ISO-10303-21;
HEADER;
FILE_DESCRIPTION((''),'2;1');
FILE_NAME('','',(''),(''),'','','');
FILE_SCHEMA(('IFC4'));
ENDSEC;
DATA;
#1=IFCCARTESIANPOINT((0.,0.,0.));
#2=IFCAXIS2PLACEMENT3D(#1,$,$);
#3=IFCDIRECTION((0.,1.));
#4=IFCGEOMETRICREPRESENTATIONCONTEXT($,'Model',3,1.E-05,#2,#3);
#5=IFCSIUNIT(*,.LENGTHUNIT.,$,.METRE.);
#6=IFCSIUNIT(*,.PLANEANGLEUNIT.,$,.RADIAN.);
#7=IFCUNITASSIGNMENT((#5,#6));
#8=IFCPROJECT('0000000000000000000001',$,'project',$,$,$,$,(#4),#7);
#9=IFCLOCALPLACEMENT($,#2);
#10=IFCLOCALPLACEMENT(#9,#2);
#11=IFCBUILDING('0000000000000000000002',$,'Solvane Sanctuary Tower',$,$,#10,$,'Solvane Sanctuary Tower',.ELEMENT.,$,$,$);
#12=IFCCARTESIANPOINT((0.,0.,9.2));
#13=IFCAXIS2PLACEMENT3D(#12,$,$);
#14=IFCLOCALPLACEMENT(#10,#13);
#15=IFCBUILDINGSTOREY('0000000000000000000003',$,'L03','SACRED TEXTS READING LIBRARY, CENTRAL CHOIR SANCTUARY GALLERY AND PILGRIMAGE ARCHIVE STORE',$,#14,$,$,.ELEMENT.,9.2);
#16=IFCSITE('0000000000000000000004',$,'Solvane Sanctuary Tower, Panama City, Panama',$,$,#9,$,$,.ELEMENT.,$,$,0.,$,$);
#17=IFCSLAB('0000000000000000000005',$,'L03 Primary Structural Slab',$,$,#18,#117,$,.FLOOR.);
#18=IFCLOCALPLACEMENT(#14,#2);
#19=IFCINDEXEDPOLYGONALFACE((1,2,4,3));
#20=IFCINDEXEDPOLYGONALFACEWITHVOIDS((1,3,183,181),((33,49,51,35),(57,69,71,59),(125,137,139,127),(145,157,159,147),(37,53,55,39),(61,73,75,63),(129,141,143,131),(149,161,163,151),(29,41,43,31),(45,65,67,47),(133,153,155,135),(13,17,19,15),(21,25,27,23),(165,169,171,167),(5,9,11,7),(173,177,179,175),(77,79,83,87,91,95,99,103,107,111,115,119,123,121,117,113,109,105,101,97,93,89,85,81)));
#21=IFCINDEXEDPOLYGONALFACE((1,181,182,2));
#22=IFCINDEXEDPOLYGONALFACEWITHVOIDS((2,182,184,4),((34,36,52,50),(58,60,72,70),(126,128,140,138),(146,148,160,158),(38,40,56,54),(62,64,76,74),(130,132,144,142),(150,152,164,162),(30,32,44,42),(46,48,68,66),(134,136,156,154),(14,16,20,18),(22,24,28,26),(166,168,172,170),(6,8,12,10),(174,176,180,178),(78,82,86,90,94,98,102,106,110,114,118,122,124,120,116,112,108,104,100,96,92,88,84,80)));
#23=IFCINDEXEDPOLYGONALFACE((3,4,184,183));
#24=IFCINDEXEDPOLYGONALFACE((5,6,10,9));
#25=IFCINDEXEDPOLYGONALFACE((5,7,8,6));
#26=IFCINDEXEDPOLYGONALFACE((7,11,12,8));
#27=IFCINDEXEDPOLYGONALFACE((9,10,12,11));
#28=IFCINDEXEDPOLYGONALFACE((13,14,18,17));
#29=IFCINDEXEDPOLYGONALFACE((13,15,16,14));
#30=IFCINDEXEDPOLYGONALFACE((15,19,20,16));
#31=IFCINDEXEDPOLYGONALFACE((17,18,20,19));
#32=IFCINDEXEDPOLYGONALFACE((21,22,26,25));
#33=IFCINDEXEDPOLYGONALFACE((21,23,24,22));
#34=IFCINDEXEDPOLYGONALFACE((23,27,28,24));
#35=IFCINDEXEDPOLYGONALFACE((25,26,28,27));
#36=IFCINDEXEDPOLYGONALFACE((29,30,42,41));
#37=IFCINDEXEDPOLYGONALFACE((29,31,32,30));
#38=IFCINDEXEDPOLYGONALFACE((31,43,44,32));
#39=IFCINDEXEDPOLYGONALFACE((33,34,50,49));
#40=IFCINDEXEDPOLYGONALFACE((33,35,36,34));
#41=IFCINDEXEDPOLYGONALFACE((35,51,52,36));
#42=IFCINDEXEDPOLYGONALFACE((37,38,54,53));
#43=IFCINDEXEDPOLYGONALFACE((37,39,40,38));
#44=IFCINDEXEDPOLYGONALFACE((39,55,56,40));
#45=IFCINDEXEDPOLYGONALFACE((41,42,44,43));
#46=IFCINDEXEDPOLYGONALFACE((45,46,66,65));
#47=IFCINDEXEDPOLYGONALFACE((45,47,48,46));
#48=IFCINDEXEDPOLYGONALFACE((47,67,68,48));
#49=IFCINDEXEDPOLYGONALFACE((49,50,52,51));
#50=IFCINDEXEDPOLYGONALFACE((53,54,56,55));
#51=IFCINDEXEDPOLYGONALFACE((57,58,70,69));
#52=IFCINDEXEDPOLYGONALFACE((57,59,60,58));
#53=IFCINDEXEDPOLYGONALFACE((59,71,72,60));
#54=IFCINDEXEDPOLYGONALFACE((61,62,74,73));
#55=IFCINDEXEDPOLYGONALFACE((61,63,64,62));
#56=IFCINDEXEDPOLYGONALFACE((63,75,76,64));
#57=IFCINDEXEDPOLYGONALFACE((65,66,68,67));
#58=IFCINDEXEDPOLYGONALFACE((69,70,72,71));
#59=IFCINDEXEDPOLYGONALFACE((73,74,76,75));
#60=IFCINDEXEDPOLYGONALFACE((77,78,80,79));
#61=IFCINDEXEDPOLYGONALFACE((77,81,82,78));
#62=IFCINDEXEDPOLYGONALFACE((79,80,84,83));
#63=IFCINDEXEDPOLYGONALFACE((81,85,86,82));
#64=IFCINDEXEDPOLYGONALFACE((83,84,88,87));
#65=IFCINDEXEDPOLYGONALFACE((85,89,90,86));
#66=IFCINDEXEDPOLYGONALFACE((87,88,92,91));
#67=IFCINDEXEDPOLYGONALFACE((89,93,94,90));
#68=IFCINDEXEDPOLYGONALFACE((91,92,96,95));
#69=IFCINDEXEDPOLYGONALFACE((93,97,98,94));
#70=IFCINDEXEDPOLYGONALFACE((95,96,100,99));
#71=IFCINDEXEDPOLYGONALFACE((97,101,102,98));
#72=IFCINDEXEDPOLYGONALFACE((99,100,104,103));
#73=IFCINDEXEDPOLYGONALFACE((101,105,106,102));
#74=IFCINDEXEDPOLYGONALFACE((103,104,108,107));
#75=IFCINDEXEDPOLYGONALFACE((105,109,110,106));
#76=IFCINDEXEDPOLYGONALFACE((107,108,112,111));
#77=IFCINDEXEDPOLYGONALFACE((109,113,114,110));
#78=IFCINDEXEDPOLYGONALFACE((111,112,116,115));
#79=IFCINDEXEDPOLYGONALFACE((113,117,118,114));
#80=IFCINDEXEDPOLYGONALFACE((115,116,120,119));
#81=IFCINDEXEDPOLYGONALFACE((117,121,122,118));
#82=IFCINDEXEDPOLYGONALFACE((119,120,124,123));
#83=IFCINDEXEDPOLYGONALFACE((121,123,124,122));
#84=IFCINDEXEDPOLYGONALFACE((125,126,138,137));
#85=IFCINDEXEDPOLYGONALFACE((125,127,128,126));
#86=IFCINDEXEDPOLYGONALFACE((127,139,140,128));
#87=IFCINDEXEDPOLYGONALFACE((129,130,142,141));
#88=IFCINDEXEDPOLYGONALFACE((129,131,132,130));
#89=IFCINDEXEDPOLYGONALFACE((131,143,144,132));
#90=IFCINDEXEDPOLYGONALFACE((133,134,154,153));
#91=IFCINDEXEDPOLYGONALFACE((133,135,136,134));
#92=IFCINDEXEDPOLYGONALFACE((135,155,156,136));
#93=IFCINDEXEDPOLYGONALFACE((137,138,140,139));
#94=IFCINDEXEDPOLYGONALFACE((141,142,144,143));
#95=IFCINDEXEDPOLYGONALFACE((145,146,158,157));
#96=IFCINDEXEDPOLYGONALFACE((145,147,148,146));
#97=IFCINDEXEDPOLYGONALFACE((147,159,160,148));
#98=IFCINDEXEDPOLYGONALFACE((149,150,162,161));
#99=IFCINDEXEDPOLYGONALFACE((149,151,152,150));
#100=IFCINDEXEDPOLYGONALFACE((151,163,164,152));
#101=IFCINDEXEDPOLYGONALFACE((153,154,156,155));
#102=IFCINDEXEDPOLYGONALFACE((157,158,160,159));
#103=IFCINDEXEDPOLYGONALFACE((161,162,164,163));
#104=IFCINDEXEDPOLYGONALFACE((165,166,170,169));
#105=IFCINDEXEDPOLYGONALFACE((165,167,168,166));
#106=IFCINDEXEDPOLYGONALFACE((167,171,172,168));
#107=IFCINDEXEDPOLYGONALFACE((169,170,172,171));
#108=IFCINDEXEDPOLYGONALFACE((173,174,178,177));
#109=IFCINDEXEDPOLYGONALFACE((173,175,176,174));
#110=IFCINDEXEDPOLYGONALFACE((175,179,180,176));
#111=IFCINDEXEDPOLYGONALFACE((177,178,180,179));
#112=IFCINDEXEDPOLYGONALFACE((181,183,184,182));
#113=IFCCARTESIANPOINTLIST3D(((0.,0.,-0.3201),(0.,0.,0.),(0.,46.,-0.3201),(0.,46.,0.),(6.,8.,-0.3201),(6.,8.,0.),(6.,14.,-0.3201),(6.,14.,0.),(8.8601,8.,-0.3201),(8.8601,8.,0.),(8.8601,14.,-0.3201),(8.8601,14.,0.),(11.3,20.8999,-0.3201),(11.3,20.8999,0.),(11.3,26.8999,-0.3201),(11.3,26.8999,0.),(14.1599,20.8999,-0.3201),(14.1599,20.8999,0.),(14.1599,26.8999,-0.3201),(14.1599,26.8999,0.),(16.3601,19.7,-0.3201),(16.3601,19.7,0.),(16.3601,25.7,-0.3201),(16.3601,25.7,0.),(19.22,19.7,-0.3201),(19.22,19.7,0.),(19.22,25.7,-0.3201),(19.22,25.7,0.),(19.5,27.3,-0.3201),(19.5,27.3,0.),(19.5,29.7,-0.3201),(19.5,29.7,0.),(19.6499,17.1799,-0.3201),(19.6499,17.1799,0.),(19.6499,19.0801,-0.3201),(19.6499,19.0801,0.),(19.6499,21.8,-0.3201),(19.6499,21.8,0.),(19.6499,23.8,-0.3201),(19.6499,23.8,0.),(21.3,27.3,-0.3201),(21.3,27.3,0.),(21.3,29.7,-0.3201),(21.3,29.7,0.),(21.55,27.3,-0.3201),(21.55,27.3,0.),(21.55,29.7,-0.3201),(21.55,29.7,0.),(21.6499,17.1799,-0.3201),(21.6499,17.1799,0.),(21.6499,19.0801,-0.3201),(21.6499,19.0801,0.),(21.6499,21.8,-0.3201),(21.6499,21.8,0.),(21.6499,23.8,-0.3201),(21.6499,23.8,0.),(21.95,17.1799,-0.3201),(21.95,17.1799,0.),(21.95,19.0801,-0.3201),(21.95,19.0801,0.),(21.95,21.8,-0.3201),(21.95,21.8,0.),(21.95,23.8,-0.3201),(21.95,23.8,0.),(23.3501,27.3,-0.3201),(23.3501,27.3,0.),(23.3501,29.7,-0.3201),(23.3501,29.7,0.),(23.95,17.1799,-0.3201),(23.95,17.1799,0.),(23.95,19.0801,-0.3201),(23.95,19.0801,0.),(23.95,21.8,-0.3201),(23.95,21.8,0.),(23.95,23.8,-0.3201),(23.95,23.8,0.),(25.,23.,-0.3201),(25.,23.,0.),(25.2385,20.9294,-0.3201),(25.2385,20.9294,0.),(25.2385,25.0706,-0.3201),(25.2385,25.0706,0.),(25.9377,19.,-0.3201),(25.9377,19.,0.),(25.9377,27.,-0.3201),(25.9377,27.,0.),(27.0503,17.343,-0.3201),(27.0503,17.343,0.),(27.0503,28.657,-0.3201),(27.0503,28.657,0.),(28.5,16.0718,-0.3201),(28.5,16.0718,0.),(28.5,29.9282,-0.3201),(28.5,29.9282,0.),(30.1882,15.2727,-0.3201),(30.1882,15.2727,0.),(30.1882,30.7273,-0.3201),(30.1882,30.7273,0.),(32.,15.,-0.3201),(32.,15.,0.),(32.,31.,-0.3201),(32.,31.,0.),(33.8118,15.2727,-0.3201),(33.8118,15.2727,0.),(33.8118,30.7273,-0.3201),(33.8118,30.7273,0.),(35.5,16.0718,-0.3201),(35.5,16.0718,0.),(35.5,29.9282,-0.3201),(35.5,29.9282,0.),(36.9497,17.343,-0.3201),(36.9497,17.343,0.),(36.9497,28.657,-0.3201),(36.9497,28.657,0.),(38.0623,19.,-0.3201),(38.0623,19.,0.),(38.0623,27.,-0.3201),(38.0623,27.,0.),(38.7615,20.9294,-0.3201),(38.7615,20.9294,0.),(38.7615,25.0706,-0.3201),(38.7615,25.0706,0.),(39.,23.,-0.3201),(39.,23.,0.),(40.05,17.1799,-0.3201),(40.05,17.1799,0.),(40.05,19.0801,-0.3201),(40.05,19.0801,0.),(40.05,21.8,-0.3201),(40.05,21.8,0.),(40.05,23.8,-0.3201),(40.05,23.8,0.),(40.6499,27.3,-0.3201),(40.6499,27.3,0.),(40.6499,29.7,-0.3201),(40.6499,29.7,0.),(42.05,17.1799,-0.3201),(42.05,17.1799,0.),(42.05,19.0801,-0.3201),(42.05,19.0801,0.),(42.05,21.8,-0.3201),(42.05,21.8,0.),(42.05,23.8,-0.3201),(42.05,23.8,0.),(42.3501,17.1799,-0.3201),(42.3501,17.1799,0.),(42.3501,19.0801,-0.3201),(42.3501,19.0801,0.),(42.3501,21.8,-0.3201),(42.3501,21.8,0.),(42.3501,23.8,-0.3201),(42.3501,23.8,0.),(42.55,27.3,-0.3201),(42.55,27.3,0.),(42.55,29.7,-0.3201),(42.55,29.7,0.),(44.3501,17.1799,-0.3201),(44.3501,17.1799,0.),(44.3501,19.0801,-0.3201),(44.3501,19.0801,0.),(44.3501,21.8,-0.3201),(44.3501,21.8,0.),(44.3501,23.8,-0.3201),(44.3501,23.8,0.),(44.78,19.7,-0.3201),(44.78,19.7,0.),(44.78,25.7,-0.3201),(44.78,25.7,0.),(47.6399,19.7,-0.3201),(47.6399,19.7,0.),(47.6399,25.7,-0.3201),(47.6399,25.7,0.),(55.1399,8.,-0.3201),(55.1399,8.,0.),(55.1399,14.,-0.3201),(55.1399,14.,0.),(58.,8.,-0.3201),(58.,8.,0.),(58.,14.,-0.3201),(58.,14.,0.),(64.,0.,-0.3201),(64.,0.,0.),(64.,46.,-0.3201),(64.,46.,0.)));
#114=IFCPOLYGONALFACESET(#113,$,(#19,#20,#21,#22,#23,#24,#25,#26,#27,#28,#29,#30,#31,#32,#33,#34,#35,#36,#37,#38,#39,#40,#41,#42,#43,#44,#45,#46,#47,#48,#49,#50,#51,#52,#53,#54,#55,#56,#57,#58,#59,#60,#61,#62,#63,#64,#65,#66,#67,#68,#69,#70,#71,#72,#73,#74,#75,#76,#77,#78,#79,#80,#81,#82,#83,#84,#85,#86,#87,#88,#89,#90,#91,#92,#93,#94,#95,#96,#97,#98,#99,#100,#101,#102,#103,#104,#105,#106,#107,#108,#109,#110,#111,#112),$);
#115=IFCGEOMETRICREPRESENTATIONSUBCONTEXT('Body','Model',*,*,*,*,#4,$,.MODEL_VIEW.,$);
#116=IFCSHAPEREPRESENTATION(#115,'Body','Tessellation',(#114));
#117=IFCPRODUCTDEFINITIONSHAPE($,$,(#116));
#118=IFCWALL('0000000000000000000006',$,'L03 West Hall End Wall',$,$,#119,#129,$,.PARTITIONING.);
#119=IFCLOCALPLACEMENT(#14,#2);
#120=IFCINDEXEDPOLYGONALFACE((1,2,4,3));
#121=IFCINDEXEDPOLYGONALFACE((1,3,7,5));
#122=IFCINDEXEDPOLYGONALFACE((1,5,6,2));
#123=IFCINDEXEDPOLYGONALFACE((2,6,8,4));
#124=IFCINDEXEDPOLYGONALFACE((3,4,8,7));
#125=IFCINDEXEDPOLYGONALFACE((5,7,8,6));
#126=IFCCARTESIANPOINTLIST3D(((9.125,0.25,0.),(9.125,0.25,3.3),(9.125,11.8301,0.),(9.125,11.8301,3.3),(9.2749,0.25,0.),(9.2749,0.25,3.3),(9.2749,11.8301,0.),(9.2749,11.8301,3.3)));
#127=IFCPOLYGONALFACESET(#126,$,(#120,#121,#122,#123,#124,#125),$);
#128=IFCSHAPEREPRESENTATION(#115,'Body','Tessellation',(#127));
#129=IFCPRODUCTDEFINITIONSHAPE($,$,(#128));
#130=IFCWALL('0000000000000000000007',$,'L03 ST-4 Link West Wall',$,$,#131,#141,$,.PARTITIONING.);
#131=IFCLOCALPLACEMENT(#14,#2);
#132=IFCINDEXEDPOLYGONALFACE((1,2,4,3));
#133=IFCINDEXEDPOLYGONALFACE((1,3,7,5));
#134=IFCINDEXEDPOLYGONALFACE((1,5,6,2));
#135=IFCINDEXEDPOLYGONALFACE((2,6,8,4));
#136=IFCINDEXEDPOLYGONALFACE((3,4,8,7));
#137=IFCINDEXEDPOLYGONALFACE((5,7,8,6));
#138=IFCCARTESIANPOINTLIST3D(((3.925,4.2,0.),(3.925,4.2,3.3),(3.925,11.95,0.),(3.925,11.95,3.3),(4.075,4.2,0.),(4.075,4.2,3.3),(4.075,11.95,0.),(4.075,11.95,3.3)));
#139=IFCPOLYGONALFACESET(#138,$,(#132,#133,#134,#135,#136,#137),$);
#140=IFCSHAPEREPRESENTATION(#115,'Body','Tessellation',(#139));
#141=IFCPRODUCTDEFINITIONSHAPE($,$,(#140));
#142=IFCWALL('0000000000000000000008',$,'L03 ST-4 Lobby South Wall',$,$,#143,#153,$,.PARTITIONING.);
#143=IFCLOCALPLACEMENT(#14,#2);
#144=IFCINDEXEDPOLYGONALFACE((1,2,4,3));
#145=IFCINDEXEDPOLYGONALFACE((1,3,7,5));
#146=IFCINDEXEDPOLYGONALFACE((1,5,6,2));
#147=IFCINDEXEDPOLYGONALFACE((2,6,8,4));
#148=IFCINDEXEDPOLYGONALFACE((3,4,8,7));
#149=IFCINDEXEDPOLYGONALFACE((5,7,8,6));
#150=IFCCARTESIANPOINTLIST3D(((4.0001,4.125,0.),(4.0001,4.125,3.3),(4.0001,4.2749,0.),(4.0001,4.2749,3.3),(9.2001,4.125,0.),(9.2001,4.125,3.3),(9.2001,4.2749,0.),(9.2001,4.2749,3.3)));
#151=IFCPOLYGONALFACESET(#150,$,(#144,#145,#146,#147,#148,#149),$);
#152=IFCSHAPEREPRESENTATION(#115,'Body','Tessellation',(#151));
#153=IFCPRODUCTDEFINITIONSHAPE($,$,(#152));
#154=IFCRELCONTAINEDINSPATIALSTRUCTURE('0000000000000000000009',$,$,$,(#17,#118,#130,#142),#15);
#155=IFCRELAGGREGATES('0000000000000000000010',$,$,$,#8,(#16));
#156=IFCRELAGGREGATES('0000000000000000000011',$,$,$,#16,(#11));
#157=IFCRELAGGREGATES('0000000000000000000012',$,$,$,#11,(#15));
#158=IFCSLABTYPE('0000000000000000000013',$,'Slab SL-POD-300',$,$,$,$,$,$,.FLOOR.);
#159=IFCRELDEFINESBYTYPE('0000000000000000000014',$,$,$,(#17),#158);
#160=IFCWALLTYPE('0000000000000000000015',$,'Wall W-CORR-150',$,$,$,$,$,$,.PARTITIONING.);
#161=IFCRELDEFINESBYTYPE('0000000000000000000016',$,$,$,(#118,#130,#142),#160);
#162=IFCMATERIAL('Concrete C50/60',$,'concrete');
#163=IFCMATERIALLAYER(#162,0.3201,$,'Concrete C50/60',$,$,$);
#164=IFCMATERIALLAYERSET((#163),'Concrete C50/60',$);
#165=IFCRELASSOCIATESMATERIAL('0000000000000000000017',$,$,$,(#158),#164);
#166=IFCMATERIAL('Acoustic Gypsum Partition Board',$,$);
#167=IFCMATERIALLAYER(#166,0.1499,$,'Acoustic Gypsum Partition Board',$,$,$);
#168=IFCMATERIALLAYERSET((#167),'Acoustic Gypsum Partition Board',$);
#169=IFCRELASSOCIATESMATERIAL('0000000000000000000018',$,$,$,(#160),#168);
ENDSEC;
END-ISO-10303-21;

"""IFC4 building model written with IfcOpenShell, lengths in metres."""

from ifc_helpers import new_model, si_unit, direction, frame, frame_2d, origin, place, context, subcontext, project, spatial, polyline, rectangle, outline, extrude, material, layer, layer_set, type_object, element, save


model = new_model("IFC4")

# Units and contexts
model_context = context("Model", 3, precision=1e-05, world=origin(), true_north=direction((0.0, 1.0)))
body_context = subcontext(model_context, "Body", "Model", "MODEL_VIEW")
ifc_project = project(units=[si_unit("LENGTHUNIT", "METRE"), si_unit("PLANEANGLEUNIT", "RADIAN")], contexts=[model_context])

# Site, building, storey
site_placement = place(None, origin())
site = spatial("IfcSite", under=ifc_project, at=site_placement, Name="Solvane Sanctuary Tower, Panama City, Panama", CompositionType="ELEMENT", RefElevation=0.0)
building_placement = place(site_placement, origin())
building = spatial("IfcBuilding", under=site, at=building_placement, Name="Solvane Sanctuary Tower", LongName="Solvane Sanctuary Tower", CompositionType="ELEMENT")
storey_placement = place(building_placement, frame((0.0, 0.0, 9.2)))
storey = spatial("IfcBuildingStorey", under=building, at=storey_placement, Name="L03", Description="SACRED TEXTS READING LIBRARY, CENTRAL CHOIR SANCTUARY GALLERY AND PILGRIMAGE ARCHIVE STORE", CompositionType="ELEMENT", Elevation=9.2)

# Shared definitions
ifc_material_1 = material(Name="Concrete C50/60", Category="concrete")

# Slab
ifc_layer_1 = layer(ifc_material_1, 0.3201, Name="Concrete C50/60")
ifc_layer_set_1 = layer_set([ifc_layer_1], Name="Concrete C50/60")
slab_type_1 = type_object("IfcSlabType", Name="Slab SL-POD-300", PredefinedType="FLOOR", material=ifc_layer_set_1)
slab_1_placement = place(storey_placement, frame((0.0, 0.0, -0.3201)))
element("IfcSlab", 1, at=slab_1_placement, inside=storey, type_object=slab_type_1, Name="L03 Primary Structural Slab", PredefinedType="FLOOR", context=body_context, shape_type="SweptSolid", body=[
    extrude(outline(polyline([(0.0, 0.0), (64.0, 0.0), (64.0, 46.0), (0.0, 46.0), (0.0, 0.0)]), holes=[polyline([(38.7615, 20.9294), (38.0623, 19.0), (36.9497, 17.343), (35.5, 16.0718), (33.8118, 15.2727), (32.0, 15.0), (30.1882, 15.2727), (28.5, 16.0718), (27.0503, 17.343), (25.9377, 19.0), (25.2385, 20.9294), (25.0, 23.0), (25.2385, 25.0706), (25.9377, 27.0), (27.0503, 28.657), (28.5, 29.9282), (30.1882, 30.7273), (32.0, 31.0), (33.8118, 30.7273), (35.5, 29.9282), (36.9497, 28.657), (38.0623, 27.0), (38.7615, 25.0706), (39.0, 23.0), (38.7615, 20.9294)]), polyline([(16.3601, 19.7), (16.3601, 25.7), (19.22, 25.7), (19.22, 19.7), (16.3601, 19.7)]), polyline([(44.78, 19.7), (44.78, 25.7), (47.6399, 25.7), (47.6399, 19.7), (44.78, 19.7)]), polyline([(11.3, 20.8999), (11.3, 26.8999), (14.1599, 26.8999), (14.1599, 20.8999), (11.3, 20.8999)]), polyline([(6.0, 8.0), (6.0, 14.0), (8.8601, 14.0), (8.8601, 8.0), (6.0, 8.0)]), polyline([(55.1399, 8.0), (55.1399, 14.0), (58.0, 14.0), (58.0, 8.0), (55.1399, 8.0)]), polyline([(19.6499, 19.0801), (21.6499, 19.0801), (21.6499, 17.1799), (19.6499, 17.1799), (19.6499, 19.0801)]), polyline([(21.95, 19.0801), (23.95, 19.0801), (23.95, 17.1799), (21.95, 17.1799), (21.95, 19.0801)]), polyline([(40.05, 19.0801), (42.05, 19.0801), (42.05, 17.1799), (40.05, 17.1799), (40.05, 19.0801)]), polyline([(42.3501, 19.0801), (44.3501, 19.0801), (44.3501, 17.1799), (42.3501, 17.1799), (42.3501, 19.0801)]), polyline([(19.6499, 23.8), (21.6499, 23.8), (21.6499, 21.8), (19.6499, 21.8), (19.6499, 23.8)]), polyline([(42.3501, 23.8), (44.3501, 23.8), (44.3501, 21.8), (42.3501, 21.8), (42.3501, 23.8)]), polyline([(21.95, 23.8), (23.95, 23.8), (23.95, 21.8), (21.95, 21.8), (21.95, 23.8)]), polyline([(40.05, 23.8), (42.05, 23.8), (42.05, 21.8), (40.05, 21.8), (40.05, 23.8)]), polyline([(19.5, 29.7), (21.3, 29.7), (21.3, 27.3), (19.5, 27.3), (19.5, 29.7)]), polyline([(21.55, 29.7), (23.3501, 29.7), (23.3501, 27.3), (21.55, 27.3), (21.55, 29.7)]), polyline([(40.6499, 29.7), (42.55, 29.7), (42.55, 27.3), (40.6499, 27.3), (40.6499, 29.7)])]), origin(), (0.0, 0.0, 1.0), 0.3201),
])

# Walls
ifc_material_2 = material(Name="Acoustic Gypsum Partition Board")
ifc_layer_2 = layer(ifc_material_2, 0.1499, Name="Acoustic Gypsum Partition Board")
ifc_layer_set_2 = layer_set([ifc_layer_2], Name="Acoustic Gypsum Partition Board")
wall_type_1 = type_object("IfcWallType", Name="Wall W-CORR-150", PredefinedType="PARTITIONING", material=ifc_layer_set_2)
wall_1_placement = place(storey_placement, frame((9.2, 0.25, 0.0), z_axis=(0.0, 0.0, 1.0), x_axis=(0.0, 1.0, 0.0)))
element("IfcWall", 2, at=wall_1_placement, inside=storey, type_object=wall_type_1, Name="L03 West Hall End Wall", PredefinedType="PARTITIONING", context=body_context, shape_type="SweptSolid", body=[
    extrude(rectangle(XDim=11.5801, YDim=0.1499, at=frame_2d((5.79, 0.0))), origin(), (0.0, 0.0, 1.0), 3.3),
])
wall_2_placement = place(storey_placement, frame((4.0, 4.2, 0.0), z_axis=(0.0, 0.0, 1.0), x_axis=(0.0, 1.0, 0.0)))
element("IfcWall", 3, at=wall_2_placement, inside=storey, type_object=wall_type_1, Name="L03 ST-4 Link West Wall", PredefinedType="PARTITIONING", context=body_context, shape_type="SweptSolid", body=[
    extrude(rectangle(XDim=7.75, YDim=0.1499, at=frame_2d((3.875, 0.0))), origin(), (0.0, 0.0, 1.0), 3.3),
])
wall_3_placement = place(storey_placement, frame((4.0, 4.2, 0.0), z_axis=(0.0, 0.0, 1.0), x_axis=(1.0, 0.0, 0.0)))
element("IfcWall", 4, at=wall_3_placement, inside=storey, type_object=wall_type_1, Name="L03 ST-4 Lobby South Wall", PredefinedType="PARTITIONING", context=body_context, shape_type="SweptSolid", body=[
    extrude(rectangle(XDim=5.2, YDim=0.1499, at=frame_2d((2.6001, 0.0))), origin(), (0.0, 0.0, 1.0), 3.3),
])

save(model, "model.ifc")
